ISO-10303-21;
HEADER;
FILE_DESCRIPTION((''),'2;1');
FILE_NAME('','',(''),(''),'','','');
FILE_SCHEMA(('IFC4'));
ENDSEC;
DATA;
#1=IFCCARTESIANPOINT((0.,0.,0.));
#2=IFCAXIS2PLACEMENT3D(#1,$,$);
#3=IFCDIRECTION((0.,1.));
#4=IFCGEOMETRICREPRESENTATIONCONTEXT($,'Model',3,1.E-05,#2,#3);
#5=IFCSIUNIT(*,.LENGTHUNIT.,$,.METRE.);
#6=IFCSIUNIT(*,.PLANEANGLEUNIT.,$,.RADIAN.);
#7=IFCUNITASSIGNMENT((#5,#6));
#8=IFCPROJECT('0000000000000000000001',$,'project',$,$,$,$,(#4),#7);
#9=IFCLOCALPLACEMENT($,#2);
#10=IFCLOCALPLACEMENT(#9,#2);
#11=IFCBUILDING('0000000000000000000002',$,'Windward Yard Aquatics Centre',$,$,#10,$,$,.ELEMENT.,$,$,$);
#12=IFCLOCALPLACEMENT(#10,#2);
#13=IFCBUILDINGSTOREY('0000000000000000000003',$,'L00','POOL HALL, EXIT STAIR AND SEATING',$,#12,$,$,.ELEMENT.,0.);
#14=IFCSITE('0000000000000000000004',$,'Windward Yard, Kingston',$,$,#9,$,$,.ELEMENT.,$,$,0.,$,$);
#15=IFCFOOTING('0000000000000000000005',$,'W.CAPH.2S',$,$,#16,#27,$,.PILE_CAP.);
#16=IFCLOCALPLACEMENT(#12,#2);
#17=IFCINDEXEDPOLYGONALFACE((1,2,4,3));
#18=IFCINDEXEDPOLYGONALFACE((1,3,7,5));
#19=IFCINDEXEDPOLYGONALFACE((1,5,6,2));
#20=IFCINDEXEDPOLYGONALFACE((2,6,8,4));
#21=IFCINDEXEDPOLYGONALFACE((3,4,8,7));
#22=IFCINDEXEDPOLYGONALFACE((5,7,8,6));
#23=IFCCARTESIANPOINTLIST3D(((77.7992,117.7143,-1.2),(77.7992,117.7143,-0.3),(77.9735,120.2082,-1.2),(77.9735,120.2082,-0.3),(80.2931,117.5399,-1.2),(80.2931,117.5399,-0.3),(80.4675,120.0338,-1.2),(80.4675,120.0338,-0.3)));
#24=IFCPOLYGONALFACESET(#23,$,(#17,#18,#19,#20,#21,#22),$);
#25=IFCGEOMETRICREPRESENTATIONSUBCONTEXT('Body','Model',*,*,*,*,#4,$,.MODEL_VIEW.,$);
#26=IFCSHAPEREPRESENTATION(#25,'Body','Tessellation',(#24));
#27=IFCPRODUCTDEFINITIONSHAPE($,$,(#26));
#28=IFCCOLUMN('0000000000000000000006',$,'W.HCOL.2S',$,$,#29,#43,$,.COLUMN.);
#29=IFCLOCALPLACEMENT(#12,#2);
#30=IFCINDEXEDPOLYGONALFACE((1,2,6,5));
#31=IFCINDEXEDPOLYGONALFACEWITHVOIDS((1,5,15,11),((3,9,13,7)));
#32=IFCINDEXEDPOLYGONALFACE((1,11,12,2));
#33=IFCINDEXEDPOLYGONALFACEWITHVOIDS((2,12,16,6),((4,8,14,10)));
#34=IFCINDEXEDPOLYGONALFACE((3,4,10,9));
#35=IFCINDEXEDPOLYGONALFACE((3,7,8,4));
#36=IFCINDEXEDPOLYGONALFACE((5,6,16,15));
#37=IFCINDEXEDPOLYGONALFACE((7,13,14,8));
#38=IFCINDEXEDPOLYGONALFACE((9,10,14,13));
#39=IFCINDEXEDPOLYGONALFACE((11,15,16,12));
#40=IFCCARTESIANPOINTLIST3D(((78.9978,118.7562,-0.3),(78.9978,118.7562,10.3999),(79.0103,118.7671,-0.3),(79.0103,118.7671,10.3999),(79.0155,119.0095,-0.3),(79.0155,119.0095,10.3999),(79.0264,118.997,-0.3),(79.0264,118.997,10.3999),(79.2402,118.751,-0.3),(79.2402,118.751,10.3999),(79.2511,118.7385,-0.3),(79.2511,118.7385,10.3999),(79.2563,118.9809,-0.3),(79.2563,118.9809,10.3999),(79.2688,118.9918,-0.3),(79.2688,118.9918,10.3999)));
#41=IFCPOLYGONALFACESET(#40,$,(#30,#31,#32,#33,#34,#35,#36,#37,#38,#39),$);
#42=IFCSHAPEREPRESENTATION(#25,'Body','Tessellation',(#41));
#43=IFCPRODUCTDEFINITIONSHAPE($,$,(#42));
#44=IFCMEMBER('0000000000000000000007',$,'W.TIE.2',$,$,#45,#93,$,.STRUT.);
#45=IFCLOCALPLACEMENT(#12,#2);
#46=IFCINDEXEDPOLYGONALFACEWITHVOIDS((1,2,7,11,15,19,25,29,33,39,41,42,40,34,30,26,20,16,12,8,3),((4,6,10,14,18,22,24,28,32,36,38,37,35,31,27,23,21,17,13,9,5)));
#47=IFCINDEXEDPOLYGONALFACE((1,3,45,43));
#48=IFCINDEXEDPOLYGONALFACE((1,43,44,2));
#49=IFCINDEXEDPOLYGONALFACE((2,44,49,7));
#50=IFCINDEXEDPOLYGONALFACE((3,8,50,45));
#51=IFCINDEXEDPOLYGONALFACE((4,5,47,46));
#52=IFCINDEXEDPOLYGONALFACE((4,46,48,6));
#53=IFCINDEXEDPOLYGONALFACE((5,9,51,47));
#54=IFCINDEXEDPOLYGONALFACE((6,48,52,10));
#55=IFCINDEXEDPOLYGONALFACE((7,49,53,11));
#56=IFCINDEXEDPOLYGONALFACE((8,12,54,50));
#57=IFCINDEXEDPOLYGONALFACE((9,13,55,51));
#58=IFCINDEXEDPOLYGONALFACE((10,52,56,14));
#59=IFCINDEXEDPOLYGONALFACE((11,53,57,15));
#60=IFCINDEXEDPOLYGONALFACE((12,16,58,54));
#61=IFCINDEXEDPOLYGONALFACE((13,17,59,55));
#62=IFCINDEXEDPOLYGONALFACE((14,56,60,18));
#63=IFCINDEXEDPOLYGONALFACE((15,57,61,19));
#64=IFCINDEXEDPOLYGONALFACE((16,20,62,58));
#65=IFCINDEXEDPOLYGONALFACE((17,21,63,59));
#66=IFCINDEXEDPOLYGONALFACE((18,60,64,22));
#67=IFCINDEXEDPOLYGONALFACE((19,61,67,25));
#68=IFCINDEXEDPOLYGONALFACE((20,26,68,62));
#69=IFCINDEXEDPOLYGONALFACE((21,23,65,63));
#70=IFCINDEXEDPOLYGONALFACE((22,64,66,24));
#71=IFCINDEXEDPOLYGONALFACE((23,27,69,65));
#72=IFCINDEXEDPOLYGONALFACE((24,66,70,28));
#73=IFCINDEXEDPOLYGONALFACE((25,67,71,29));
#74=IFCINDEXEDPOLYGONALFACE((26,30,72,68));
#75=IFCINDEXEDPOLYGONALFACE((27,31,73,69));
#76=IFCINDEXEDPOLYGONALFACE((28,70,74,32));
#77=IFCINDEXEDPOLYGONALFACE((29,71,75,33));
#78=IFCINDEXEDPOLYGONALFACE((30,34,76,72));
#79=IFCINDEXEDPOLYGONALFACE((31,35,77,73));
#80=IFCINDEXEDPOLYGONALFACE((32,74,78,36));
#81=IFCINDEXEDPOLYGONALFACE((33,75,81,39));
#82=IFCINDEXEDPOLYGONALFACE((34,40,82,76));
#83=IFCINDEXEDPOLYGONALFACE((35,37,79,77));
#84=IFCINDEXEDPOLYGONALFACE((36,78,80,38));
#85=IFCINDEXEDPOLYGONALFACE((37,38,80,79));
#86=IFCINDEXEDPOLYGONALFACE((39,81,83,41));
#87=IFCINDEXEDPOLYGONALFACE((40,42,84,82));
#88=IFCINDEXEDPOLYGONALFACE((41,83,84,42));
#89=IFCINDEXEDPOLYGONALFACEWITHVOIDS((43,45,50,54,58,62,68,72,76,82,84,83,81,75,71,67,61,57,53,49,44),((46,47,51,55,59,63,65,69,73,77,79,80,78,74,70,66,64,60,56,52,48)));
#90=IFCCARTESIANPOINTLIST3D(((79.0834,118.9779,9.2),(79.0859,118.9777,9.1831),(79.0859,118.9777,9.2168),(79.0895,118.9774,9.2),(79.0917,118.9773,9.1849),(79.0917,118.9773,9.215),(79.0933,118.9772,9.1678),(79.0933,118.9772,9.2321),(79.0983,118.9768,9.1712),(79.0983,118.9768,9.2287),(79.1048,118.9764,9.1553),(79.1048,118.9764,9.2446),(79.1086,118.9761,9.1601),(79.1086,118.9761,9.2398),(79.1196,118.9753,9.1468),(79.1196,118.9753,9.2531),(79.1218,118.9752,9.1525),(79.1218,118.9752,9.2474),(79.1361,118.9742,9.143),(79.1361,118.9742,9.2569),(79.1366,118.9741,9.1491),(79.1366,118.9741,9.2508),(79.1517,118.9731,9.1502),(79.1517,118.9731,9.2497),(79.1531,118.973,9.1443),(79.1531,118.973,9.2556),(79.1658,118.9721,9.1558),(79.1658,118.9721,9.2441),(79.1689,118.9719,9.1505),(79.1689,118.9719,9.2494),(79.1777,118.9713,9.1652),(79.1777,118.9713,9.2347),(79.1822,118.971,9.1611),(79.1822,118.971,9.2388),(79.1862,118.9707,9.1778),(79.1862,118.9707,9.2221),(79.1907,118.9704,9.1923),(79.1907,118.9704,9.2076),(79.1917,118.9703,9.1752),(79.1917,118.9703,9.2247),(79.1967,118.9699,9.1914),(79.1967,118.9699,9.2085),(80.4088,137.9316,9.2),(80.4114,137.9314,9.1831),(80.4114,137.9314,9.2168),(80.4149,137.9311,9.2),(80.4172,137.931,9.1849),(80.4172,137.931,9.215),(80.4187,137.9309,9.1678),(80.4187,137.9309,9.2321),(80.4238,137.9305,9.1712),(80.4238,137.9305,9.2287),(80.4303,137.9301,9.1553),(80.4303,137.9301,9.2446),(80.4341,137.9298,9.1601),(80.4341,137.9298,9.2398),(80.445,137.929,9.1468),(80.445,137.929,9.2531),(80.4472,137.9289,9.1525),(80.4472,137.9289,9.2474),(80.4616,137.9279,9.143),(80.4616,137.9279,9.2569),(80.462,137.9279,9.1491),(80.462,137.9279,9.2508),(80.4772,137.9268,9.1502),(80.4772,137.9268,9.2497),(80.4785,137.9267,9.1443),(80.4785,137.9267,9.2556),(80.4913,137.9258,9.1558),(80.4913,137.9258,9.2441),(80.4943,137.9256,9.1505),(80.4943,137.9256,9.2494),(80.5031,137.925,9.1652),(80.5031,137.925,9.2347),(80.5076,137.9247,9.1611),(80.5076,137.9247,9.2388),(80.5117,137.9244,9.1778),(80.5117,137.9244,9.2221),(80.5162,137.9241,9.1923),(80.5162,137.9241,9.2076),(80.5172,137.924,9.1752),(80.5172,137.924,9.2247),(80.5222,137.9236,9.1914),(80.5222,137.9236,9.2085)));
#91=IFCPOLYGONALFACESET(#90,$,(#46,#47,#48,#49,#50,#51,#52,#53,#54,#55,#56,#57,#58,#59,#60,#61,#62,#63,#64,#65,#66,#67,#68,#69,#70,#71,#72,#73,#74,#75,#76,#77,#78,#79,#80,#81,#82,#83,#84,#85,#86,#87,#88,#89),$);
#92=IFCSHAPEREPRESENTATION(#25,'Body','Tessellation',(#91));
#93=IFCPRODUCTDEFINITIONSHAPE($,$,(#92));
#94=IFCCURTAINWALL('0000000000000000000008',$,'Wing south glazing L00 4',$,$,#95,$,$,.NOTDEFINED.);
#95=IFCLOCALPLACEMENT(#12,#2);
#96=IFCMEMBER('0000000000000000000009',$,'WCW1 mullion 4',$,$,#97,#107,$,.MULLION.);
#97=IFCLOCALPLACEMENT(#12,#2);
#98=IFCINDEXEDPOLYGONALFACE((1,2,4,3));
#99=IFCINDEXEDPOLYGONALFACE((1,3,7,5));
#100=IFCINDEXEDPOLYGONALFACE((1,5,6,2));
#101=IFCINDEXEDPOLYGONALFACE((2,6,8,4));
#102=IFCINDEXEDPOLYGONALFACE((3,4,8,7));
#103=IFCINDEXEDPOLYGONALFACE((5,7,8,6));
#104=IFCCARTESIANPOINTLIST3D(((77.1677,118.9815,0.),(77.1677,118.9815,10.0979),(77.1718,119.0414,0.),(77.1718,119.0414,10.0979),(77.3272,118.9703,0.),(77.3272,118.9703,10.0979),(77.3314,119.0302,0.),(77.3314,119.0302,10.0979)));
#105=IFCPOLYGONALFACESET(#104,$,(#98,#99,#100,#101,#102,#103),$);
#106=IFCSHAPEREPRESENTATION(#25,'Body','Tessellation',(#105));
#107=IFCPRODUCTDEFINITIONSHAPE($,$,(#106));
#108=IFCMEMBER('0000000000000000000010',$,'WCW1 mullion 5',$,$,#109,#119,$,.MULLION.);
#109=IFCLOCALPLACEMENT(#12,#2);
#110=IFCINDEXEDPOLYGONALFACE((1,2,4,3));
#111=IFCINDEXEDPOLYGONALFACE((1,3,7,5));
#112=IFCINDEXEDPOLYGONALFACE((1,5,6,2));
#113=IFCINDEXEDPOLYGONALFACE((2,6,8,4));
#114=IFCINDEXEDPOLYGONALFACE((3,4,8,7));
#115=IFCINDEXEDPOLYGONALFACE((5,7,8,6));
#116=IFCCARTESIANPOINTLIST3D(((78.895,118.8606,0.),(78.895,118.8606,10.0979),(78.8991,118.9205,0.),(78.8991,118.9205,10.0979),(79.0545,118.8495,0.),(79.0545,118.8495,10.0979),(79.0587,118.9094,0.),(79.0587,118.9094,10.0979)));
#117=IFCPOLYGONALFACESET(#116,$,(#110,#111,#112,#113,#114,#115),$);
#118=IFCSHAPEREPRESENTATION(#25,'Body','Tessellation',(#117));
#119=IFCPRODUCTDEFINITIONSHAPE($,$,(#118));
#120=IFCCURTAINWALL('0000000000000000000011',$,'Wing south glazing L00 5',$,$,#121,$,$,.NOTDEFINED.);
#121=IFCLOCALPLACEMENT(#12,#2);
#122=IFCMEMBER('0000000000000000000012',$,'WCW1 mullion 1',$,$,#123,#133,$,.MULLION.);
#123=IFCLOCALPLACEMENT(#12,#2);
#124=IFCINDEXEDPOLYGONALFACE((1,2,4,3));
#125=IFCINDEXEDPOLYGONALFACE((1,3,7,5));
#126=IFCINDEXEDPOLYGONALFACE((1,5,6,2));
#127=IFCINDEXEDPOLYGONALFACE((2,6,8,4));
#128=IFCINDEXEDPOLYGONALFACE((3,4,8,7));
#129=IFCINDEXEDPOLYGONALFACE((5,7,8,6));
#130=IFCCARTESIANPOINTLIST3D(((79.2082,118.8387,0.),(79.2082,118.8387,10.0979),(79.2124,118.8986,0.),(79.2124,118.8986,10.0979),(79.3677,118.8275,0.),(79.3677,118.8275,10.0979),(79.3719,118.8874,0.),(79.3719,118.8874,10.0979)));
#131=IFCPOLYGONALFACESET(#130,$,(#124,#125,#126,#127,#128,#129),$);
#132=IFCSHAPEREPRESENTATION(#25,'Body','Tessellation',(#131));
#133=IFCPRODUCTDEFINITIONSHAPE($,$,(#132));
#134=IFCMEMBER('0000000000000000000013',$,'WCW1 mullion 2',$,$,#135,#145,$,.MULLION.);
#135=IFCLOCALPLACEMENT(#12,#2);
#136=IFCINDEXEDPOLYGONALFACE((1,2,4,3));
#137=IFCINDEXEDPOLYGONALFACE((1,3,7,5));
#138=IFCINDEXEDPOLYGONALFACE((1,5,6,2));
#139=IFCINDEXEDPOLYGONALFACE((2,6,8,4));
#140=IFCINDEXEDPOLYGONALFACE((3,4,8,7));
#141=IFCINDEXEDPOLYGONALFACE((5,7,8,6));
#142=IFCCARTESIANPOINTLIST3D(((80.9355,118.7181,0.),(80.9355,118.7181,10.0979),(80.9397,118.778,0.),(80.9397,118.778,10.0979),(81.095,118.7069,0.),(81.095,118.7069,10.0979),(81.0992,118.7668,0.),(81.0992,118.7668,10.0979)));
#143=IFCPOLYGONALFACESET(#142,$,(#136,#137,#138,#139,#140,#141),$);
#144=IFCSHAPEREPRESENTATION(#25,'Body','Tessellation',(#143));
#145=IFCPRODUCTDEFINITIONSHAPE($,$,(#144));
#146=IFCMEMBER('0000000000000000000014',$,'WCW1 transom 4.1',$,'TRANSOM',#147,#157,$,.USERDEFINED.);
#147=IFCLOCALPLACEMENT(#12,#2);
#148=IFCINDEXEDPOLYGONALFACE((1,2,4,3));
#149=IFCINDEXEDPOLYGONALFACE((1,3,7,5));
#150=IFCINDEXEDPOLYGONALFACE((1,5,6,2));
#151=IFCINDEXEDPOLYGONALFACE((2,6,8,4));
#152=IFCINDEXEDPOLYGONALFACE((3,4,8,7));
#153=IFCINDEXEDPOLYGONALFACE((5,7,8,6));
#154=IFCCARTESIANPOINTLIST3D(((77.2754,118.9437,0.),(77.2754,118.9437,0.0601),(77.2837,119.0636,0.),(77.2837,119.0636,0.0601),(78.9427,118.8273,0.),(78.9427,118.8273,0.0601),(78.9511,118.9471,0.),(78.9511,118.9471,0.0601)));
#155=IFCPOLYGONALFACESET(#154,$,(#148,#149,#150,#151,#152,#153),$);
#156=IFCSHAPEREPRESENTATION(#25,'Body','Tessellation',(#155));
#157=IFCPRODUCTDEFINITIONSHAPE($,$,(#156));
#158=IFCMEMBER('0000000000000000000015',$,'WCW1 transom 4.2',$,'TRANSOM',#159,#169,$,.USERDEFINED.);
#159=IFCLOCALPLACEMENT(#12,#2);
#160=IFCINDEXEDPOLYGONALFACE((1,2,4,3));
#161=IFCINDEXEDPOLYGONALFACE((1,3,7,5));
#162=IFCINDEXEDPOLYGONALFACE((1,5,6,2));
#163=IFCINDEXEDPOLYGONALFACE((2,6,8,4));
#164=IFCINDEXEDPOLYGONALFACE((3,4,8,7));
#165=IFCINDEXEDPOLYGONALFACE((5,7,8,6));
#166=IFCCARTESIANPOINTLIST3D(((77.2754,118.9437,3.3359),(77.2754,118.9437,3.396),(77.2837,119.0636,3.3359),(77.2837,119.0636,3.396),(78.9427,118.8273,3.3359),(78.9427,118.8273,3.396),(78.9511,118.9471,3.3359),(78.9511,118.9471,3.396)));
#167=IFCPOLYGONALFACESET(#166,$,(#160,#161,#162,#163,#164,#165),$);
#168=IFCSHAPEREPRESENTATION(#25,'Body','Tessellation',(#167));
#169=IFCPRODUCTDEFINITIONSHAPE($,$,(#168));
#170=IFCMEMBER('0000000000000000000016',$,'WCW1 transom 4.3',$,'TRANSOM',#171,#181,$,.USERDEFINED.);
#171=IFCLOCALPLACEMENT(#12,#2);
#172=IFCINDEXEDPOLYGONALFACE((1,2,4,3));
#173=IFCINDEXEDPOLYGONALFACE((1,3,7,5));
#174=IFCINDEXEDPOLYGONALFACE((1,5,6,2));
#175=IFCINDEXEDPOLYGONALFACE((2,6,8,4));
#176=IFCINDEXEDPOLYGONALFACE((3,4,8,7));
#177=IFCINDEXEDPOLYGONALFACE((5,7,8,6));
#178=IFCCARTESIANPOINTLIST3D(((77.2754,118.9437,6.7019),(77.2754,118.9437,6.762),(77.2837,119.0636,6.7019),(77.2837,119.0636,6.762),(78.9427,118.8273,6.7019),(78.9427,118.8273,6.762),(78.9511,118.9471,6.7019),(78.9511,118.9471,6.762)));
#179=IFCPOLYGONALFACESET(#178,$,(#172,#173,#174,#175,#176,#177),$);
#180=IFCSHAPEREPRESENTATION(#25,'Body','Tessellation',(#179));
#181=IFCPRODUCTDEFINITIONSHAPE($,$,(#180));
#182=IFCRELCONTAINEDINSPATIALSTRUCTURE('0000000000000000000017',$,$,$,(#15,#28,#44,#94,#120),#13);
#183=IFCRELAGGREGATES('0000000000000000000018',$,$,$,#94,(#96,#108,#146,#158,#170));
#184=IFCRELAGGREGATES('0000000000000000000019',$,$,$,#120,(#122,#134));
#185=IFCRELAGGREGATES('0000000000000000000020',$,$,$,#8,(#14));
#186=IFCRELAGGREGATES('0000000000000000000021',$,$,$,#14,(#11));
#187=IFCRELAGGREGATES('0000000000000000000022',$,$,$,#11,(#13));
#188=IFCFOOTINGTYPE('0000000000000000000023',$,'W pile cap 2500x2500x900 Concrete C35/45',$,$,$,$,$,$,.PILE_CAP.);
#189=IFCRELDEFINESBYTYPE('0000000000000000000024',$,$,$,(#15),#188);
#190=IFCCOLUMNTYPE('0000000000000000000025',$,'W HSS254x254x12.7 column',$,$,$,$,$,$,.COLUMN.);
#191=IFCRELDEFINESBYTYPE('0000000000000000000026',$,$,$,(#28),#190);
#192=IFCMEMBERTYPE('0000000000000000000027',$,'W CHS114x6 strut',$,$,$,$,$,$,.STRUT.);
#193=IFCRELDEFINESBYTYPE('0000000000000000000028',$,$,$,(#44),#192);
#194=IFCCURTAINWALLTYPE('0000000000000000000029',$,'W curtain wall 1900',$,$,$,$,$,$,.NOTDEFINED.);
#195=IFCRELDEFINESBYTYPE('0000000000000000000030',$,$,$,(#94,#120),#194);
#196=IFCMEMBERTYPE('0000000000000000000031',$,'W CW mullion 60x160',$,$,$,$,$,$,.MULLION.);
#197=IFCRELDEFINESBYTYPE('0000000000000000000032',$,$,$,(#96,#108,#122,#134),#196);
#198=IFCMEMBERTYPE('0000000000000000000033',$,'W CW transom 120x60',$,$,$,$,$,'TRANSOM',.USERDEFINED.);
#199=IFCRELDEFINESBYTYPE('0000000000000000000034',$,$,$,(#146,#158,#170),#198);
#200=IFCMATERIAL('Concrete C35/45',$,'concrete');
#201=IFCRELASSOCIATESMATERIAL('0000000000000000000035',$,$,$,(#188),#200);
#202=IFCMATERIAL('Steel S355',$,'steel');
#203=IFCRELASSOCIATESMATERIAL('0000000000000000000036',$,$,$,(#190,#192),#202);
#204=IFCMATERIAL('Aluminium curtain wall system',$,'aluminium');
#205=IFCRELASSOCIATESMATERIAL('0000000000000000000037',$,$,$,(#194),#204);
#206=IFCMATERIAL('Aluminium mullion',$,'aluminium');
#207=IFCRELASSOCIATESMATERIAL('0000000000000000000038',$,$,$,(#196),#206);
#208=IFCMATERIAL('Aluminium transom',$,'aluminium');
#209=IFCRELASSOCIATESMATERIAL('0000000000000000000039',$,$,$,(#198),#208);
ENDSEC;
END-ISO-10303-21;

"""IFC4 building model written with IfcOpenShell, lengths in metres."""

from ifc_helpers import new_model, si_unit, direction, frame, origin, origin_2d, place, context, subcontext, project, spatial, rectangle, hollow_rectangle, hollow_circle, extrude, material, material_profile, profile_set, type_object, element, aggregate, save


model = new_model("IFC4")

# Units and contexts
model_context = context("Model", 3, precision=1e-05, world=origin(), true_north=direction((0.0, 1.0)))
body_context = subcontext(model_context, "Body", "Model", "MODEL_VIEW")
ifc_project = project(units=[si_unit("LENGTHUNIT", "METRE"), si_unit("PLANEANGLEUNIT", "RADIAN")], contexts=[model_context])

# Site, building, storey
site_placement = place(None, origin())
site = spatial("IfcSite", under=ifc_project, at=site_placement, Name="Windward Yard, Kingston", CompositionType="ELEMENT", RefElevation=0.0)
building_placement = place(site_placement, origin())
building = spatial("IfcBuilding", under=site, at=building_placement, Name="Windward Yard Aquatics Centre", CompositionType="ELEMENT")
storey_placement = place(building_placement, origin())
storey = spatial("IfcBuildingStorey", under=building, at=storey_placement, Name="L00", Description="POOL HALL, EXIT STAIR AND SEATING", CompositionType="ELEMENT", Elevation=0.0)

# Footing
ifc_material_1 = material(Name="Concrete C35/45", Category="concrete")
footing_type = type_object("IfcFootingType", Name="W pile cap 2500x2500x900 Concrete C35/45", PredefinedType="PILE_CAP", material=ifc_material_1)
footing_placement = place(storey_placement, frame((79.1333, 118.874, -1.2), z_axis=(0.0, 0.0, 1.0), x_axis=(0.997564, -0.069756, 0.0)))
element("IfcFooting", 1, at=footing_placement, inside=storey, type_object=footing_type, Name="W.CAPH.2S", PredefinedType="PILE_CAP", context=body_context, shape_type="SweptSolid", body=[
    extrude(rectangle(XDim=2.5, YDim=2.5, at=origin_2d()), origin(), (0.0, 0.0, 1.0), 0.8999),
])

# Column
ifc_material_2 = material(Name="Steel S355", Category="steel")
ifc_material_profile_1 = material_profile(ifc_material_2, hollow_rectangle(XDim=0.2539, YDim=0.2539, WallThickness=0.0117, at=origin_2d()), Name="HSS254x254x12.7")
ifc_profile_set_1 = profile_set([ifc_material_profile_1], Name="Steel S355")
column_type = type_object("IfcColumnType", Name="W HSS254x254x12.7 column", PredefinedType="COLUMN", material=ifc_profile_set_1)
column_placement = place(storey_placement, frame((79.1333, 118.874, -0.3), z_axis=(0.0, 0.0, 1.0), x_axis=(0.997564, -0.069756, 0.0)))
element("IfcColumn", 2, at=column_placement, inside=storey, type_object=column_type, Name="W.HCOL.2S", PredefinedType="COLUMN", context=body_context, shape_type="SweptSolid", body=[
    extrude(hollow_rectangle(XDim=0.2539, YDim=0.2539, WallThickness=0.0117, at=origin_2d()), origin(), (0.0, 0.0, 1.0), 10.7),
])

# Member
ifc_material_profile_2 = material_profile(ifc_material_2, hollow_circle(Radius=0.0571, WallThickness=0.0061, at=origin_2d()), Name="CHS114x6")
ifc_profile_set_2 = profile_set([ifc_material_profile_2], Name="Steel S355")
member_type_1 = type_object("IfcMemberType", Name="W CHS114x6 strut", PredefinedType="STRUT", material=ifc_profile_set_2)
member_1_placement = place(storey_placement, frame((79.1404, 118.9739, 9.2), z_axis=(0.06976, 0.997564, 0.0), x_axis=(-0.997564, 0.06976, 0.0)))
element("IfcMember", 3, at=member_1_placement, inside=storey, type_object=member_type_1, Name="W.TIE.2", PredefinedType="STRUT", context=body_context, shape_type="SweptSolid", body=[
    extrude(hollow_circle(Radius=0.0571, WallThickness=0.0061, at=origin_2d()), origin(), (0.0, 0.0, 1.0), 19.0),
])

# Curtain walls, members
ifc_material_3 = material(Name="Aluminium curtain wall system", Category="aluminium")
curtain_wall_type = type_object("IfcCurtainWallType", Name="W curtain wall 1900", PredefinedType="NOTDEFINED", material=ifc_material_3)
curtain_wall_1_placement = place(storey_placement, origin())
curtain_wall_1 = element("IfcCurtainWall", 4, at=curtain_wall_1_placement, inside=storey, type_object=curtain_wall_type, Name="Wing south glazing L00 4", PredefinedType="NOTDEFINED")
ifc_material_4 = material(Name="Aluminium mullion", Category="aluminium")
ifc_material_profile_3 = material_profile(ifc_material_4, rectangle(XDim=0.0601, YDim=0.1599, at=origin_2d()), Name="AL 60x160")
ifc_profile_set_3 = profile_set([ifc_material_profile_3], Name="Aluminium mullion")
member_type_2 = type_object("IfcMemberType", Name="W CW mullion 60x160", PredefinedType="MULLION", material=ifc_profile_set_3)
member_2_placement = place(storey_placement, frame((77.2495, 119.0059, 0.0), z_axis=(0.0, 0.0, 1.0), x_axis=(0.069756, 0.997564, 0.0)))
member_2 = element("IfcMember", 5, at=member_2_placement, type_object=member_type_2, Name="WCW1 mullion 4", PredefinedType="MULLION", context=body_context, shape_type="SweptSolid", body=[
    extrude(rectangle(XDim=0.0601, YDim=0.1599, at=origin_2d()), origin(), (0.0, 0.0, 1.0), 10.0979),
])
member_3_placement = place(storey_placement, frame((78.9768, 118.885, 0.0), z_axis=(0.0, 0.0, 1.0), x_axis=(0.069756, 0.997564, 0.0)))
member_3 = element("IfcMember", 6, at=member_3_placement, type_object=member_type_2, Name="WCW1 mullion 5", PredefinedType="MULLION", context=body_context, shape_type="SweptSolid", body=[
    extrude(rectangle(XDim=0.0601, YDim=0.1599, at=origin_2d()), origin(), (0.0, 0.0, 1.0), 10.0979),
])
curtain_wall_2_placement = place(storey_placement, origin())
curtain_wall_2 = element("IfcCurtainWall", 7, at=curtain_wall_2_placement, inside=storey, type_object=curtain_wall_type, Name="Wing south glazing L00 5", PredefinedType="NOTDEFINED")
member_4_placement = place(storey_placement, frame((79.29, 118.863, 0.0), z_axis=(0.0, 0.0, 1.0), x_axis=(0.069756, 0.997564, 0.0)))
member_4 = element("IfcMember", 8, at=member_4_placement, type_object=member_type_2, Name="WCW1 mullion 1", PredefinedType="MULLION", context=body_context, shape_type="SweptSolid", body=[
    extrude(rectangle(XDim=0.0601, YDim=0.1599, at=origin_2d()), origin(), (0.0, 0.0, 1.0), 10.0979),
])
member_5_placement = place(storey_placement, frame((81.0173, 118.7424, 0.0), z_axis=(0.0, 0.0, 1.0), x_axis=(0.069756, 0.997564, 0.0)))
member_5 = element("IfcMember", 9, at=member_5_placement, type_object=member_type_2, Name="WCW1 mullion 2", PredefinedType="MULLION", context=body_context, shape_type="SweptSolid", body=[
    extrude(rectangle(XDim=0.0601, YDim=0.1599, at=origin_2d()), origin(), (0.0, 0.0, 1.0), 10.0979),
])

# Members
ifc_material_5 = material(Name="Aluminium transom", Category="aluminium")
ifc_material_profile_4 = material_profile(ifc_material_5, rectangle(XDim=0.1201, YDim=0.0601, at=origin_2d()), Name="AL 120x60")
ifc_profile_set_4 = profile_set([ifc_material_profile_4], Name="Aluminium transom")
member_type_3 = type_object("IfcMemberType", Name="W CW transom 120x60", ElementType="TRANSOM", PredefinedType="USERDEFINED", material=ifc_profile_set_4)
member_6_placement = place(storey_placement, frame((77.2795, 119.0037, 0.03), z_axis=(0.997569, -0.069679, 0.0), x_axis=(0.069679, 0.997569, 0.0)))
member_6 = element("IfcMember", 10, at=member_6_placement, type_object=member_type_3, Name="WCW1 transom 4.1", ObjectType="TRANSOM", PredefinedType="USERDEFINED", context=body_context, shape_type="SweptSolid", body=[
    extrude(rectangle(XDim=0.1201, YDim=0.0601, at=origin_2d()), origin(), (0.0, 0.0, 1.0), 1.6714),
])
member_7_placement = place(storey_placement, frame((77.2795, 119.0037, 3.366), z_axis=(0.997569, -0.069679, 0.0), x_axis=(0.069679, 0.997569, 0.0)))
member_7 = element("IfcMember", 11, at=member_7_placement, type_object=member_type_3, Name="WCW1 transom 4.2", ObjectType="TRANSOM", PredefinedType="USERDEFINED", context=body_context, shape_type="SweptSolid", body=[
    extrude(rectangle(XDim=0.1201, YDim=0.0601, at=origin_2d()), origin(), (0.0, 0.0, 1.0), 1.6714),
])
member_8_placement = place(storey_placement, frame((77.2795, 119.0037, 6.7319), z_axis=(0.997569, -0.069679, 0.0), x_axis=(0.069679, 0.997569, 0.0)))
member_8 = element("IfcMember", 12, at=member_8_placement, type_object=member_type_3, Name="WCW1 transom 4.3", ObjectType="TRANSOM", PredefinedType="USERDEFINED", context=body_context, shape_type="SweptSolid", body=[
    extrude(rectangle(XDim=0.1201, YDim=0.0601, at=origin_2d()), origin(), (0.0, 0.0, 1.0), 1.6714),
])

aggregate(curtain_wall_1, [member_2, member_3, member_6, member_7, member_8])
aggregate(curtain_wall_2, [member_4, member_5])

save(model, "model.ifc")
